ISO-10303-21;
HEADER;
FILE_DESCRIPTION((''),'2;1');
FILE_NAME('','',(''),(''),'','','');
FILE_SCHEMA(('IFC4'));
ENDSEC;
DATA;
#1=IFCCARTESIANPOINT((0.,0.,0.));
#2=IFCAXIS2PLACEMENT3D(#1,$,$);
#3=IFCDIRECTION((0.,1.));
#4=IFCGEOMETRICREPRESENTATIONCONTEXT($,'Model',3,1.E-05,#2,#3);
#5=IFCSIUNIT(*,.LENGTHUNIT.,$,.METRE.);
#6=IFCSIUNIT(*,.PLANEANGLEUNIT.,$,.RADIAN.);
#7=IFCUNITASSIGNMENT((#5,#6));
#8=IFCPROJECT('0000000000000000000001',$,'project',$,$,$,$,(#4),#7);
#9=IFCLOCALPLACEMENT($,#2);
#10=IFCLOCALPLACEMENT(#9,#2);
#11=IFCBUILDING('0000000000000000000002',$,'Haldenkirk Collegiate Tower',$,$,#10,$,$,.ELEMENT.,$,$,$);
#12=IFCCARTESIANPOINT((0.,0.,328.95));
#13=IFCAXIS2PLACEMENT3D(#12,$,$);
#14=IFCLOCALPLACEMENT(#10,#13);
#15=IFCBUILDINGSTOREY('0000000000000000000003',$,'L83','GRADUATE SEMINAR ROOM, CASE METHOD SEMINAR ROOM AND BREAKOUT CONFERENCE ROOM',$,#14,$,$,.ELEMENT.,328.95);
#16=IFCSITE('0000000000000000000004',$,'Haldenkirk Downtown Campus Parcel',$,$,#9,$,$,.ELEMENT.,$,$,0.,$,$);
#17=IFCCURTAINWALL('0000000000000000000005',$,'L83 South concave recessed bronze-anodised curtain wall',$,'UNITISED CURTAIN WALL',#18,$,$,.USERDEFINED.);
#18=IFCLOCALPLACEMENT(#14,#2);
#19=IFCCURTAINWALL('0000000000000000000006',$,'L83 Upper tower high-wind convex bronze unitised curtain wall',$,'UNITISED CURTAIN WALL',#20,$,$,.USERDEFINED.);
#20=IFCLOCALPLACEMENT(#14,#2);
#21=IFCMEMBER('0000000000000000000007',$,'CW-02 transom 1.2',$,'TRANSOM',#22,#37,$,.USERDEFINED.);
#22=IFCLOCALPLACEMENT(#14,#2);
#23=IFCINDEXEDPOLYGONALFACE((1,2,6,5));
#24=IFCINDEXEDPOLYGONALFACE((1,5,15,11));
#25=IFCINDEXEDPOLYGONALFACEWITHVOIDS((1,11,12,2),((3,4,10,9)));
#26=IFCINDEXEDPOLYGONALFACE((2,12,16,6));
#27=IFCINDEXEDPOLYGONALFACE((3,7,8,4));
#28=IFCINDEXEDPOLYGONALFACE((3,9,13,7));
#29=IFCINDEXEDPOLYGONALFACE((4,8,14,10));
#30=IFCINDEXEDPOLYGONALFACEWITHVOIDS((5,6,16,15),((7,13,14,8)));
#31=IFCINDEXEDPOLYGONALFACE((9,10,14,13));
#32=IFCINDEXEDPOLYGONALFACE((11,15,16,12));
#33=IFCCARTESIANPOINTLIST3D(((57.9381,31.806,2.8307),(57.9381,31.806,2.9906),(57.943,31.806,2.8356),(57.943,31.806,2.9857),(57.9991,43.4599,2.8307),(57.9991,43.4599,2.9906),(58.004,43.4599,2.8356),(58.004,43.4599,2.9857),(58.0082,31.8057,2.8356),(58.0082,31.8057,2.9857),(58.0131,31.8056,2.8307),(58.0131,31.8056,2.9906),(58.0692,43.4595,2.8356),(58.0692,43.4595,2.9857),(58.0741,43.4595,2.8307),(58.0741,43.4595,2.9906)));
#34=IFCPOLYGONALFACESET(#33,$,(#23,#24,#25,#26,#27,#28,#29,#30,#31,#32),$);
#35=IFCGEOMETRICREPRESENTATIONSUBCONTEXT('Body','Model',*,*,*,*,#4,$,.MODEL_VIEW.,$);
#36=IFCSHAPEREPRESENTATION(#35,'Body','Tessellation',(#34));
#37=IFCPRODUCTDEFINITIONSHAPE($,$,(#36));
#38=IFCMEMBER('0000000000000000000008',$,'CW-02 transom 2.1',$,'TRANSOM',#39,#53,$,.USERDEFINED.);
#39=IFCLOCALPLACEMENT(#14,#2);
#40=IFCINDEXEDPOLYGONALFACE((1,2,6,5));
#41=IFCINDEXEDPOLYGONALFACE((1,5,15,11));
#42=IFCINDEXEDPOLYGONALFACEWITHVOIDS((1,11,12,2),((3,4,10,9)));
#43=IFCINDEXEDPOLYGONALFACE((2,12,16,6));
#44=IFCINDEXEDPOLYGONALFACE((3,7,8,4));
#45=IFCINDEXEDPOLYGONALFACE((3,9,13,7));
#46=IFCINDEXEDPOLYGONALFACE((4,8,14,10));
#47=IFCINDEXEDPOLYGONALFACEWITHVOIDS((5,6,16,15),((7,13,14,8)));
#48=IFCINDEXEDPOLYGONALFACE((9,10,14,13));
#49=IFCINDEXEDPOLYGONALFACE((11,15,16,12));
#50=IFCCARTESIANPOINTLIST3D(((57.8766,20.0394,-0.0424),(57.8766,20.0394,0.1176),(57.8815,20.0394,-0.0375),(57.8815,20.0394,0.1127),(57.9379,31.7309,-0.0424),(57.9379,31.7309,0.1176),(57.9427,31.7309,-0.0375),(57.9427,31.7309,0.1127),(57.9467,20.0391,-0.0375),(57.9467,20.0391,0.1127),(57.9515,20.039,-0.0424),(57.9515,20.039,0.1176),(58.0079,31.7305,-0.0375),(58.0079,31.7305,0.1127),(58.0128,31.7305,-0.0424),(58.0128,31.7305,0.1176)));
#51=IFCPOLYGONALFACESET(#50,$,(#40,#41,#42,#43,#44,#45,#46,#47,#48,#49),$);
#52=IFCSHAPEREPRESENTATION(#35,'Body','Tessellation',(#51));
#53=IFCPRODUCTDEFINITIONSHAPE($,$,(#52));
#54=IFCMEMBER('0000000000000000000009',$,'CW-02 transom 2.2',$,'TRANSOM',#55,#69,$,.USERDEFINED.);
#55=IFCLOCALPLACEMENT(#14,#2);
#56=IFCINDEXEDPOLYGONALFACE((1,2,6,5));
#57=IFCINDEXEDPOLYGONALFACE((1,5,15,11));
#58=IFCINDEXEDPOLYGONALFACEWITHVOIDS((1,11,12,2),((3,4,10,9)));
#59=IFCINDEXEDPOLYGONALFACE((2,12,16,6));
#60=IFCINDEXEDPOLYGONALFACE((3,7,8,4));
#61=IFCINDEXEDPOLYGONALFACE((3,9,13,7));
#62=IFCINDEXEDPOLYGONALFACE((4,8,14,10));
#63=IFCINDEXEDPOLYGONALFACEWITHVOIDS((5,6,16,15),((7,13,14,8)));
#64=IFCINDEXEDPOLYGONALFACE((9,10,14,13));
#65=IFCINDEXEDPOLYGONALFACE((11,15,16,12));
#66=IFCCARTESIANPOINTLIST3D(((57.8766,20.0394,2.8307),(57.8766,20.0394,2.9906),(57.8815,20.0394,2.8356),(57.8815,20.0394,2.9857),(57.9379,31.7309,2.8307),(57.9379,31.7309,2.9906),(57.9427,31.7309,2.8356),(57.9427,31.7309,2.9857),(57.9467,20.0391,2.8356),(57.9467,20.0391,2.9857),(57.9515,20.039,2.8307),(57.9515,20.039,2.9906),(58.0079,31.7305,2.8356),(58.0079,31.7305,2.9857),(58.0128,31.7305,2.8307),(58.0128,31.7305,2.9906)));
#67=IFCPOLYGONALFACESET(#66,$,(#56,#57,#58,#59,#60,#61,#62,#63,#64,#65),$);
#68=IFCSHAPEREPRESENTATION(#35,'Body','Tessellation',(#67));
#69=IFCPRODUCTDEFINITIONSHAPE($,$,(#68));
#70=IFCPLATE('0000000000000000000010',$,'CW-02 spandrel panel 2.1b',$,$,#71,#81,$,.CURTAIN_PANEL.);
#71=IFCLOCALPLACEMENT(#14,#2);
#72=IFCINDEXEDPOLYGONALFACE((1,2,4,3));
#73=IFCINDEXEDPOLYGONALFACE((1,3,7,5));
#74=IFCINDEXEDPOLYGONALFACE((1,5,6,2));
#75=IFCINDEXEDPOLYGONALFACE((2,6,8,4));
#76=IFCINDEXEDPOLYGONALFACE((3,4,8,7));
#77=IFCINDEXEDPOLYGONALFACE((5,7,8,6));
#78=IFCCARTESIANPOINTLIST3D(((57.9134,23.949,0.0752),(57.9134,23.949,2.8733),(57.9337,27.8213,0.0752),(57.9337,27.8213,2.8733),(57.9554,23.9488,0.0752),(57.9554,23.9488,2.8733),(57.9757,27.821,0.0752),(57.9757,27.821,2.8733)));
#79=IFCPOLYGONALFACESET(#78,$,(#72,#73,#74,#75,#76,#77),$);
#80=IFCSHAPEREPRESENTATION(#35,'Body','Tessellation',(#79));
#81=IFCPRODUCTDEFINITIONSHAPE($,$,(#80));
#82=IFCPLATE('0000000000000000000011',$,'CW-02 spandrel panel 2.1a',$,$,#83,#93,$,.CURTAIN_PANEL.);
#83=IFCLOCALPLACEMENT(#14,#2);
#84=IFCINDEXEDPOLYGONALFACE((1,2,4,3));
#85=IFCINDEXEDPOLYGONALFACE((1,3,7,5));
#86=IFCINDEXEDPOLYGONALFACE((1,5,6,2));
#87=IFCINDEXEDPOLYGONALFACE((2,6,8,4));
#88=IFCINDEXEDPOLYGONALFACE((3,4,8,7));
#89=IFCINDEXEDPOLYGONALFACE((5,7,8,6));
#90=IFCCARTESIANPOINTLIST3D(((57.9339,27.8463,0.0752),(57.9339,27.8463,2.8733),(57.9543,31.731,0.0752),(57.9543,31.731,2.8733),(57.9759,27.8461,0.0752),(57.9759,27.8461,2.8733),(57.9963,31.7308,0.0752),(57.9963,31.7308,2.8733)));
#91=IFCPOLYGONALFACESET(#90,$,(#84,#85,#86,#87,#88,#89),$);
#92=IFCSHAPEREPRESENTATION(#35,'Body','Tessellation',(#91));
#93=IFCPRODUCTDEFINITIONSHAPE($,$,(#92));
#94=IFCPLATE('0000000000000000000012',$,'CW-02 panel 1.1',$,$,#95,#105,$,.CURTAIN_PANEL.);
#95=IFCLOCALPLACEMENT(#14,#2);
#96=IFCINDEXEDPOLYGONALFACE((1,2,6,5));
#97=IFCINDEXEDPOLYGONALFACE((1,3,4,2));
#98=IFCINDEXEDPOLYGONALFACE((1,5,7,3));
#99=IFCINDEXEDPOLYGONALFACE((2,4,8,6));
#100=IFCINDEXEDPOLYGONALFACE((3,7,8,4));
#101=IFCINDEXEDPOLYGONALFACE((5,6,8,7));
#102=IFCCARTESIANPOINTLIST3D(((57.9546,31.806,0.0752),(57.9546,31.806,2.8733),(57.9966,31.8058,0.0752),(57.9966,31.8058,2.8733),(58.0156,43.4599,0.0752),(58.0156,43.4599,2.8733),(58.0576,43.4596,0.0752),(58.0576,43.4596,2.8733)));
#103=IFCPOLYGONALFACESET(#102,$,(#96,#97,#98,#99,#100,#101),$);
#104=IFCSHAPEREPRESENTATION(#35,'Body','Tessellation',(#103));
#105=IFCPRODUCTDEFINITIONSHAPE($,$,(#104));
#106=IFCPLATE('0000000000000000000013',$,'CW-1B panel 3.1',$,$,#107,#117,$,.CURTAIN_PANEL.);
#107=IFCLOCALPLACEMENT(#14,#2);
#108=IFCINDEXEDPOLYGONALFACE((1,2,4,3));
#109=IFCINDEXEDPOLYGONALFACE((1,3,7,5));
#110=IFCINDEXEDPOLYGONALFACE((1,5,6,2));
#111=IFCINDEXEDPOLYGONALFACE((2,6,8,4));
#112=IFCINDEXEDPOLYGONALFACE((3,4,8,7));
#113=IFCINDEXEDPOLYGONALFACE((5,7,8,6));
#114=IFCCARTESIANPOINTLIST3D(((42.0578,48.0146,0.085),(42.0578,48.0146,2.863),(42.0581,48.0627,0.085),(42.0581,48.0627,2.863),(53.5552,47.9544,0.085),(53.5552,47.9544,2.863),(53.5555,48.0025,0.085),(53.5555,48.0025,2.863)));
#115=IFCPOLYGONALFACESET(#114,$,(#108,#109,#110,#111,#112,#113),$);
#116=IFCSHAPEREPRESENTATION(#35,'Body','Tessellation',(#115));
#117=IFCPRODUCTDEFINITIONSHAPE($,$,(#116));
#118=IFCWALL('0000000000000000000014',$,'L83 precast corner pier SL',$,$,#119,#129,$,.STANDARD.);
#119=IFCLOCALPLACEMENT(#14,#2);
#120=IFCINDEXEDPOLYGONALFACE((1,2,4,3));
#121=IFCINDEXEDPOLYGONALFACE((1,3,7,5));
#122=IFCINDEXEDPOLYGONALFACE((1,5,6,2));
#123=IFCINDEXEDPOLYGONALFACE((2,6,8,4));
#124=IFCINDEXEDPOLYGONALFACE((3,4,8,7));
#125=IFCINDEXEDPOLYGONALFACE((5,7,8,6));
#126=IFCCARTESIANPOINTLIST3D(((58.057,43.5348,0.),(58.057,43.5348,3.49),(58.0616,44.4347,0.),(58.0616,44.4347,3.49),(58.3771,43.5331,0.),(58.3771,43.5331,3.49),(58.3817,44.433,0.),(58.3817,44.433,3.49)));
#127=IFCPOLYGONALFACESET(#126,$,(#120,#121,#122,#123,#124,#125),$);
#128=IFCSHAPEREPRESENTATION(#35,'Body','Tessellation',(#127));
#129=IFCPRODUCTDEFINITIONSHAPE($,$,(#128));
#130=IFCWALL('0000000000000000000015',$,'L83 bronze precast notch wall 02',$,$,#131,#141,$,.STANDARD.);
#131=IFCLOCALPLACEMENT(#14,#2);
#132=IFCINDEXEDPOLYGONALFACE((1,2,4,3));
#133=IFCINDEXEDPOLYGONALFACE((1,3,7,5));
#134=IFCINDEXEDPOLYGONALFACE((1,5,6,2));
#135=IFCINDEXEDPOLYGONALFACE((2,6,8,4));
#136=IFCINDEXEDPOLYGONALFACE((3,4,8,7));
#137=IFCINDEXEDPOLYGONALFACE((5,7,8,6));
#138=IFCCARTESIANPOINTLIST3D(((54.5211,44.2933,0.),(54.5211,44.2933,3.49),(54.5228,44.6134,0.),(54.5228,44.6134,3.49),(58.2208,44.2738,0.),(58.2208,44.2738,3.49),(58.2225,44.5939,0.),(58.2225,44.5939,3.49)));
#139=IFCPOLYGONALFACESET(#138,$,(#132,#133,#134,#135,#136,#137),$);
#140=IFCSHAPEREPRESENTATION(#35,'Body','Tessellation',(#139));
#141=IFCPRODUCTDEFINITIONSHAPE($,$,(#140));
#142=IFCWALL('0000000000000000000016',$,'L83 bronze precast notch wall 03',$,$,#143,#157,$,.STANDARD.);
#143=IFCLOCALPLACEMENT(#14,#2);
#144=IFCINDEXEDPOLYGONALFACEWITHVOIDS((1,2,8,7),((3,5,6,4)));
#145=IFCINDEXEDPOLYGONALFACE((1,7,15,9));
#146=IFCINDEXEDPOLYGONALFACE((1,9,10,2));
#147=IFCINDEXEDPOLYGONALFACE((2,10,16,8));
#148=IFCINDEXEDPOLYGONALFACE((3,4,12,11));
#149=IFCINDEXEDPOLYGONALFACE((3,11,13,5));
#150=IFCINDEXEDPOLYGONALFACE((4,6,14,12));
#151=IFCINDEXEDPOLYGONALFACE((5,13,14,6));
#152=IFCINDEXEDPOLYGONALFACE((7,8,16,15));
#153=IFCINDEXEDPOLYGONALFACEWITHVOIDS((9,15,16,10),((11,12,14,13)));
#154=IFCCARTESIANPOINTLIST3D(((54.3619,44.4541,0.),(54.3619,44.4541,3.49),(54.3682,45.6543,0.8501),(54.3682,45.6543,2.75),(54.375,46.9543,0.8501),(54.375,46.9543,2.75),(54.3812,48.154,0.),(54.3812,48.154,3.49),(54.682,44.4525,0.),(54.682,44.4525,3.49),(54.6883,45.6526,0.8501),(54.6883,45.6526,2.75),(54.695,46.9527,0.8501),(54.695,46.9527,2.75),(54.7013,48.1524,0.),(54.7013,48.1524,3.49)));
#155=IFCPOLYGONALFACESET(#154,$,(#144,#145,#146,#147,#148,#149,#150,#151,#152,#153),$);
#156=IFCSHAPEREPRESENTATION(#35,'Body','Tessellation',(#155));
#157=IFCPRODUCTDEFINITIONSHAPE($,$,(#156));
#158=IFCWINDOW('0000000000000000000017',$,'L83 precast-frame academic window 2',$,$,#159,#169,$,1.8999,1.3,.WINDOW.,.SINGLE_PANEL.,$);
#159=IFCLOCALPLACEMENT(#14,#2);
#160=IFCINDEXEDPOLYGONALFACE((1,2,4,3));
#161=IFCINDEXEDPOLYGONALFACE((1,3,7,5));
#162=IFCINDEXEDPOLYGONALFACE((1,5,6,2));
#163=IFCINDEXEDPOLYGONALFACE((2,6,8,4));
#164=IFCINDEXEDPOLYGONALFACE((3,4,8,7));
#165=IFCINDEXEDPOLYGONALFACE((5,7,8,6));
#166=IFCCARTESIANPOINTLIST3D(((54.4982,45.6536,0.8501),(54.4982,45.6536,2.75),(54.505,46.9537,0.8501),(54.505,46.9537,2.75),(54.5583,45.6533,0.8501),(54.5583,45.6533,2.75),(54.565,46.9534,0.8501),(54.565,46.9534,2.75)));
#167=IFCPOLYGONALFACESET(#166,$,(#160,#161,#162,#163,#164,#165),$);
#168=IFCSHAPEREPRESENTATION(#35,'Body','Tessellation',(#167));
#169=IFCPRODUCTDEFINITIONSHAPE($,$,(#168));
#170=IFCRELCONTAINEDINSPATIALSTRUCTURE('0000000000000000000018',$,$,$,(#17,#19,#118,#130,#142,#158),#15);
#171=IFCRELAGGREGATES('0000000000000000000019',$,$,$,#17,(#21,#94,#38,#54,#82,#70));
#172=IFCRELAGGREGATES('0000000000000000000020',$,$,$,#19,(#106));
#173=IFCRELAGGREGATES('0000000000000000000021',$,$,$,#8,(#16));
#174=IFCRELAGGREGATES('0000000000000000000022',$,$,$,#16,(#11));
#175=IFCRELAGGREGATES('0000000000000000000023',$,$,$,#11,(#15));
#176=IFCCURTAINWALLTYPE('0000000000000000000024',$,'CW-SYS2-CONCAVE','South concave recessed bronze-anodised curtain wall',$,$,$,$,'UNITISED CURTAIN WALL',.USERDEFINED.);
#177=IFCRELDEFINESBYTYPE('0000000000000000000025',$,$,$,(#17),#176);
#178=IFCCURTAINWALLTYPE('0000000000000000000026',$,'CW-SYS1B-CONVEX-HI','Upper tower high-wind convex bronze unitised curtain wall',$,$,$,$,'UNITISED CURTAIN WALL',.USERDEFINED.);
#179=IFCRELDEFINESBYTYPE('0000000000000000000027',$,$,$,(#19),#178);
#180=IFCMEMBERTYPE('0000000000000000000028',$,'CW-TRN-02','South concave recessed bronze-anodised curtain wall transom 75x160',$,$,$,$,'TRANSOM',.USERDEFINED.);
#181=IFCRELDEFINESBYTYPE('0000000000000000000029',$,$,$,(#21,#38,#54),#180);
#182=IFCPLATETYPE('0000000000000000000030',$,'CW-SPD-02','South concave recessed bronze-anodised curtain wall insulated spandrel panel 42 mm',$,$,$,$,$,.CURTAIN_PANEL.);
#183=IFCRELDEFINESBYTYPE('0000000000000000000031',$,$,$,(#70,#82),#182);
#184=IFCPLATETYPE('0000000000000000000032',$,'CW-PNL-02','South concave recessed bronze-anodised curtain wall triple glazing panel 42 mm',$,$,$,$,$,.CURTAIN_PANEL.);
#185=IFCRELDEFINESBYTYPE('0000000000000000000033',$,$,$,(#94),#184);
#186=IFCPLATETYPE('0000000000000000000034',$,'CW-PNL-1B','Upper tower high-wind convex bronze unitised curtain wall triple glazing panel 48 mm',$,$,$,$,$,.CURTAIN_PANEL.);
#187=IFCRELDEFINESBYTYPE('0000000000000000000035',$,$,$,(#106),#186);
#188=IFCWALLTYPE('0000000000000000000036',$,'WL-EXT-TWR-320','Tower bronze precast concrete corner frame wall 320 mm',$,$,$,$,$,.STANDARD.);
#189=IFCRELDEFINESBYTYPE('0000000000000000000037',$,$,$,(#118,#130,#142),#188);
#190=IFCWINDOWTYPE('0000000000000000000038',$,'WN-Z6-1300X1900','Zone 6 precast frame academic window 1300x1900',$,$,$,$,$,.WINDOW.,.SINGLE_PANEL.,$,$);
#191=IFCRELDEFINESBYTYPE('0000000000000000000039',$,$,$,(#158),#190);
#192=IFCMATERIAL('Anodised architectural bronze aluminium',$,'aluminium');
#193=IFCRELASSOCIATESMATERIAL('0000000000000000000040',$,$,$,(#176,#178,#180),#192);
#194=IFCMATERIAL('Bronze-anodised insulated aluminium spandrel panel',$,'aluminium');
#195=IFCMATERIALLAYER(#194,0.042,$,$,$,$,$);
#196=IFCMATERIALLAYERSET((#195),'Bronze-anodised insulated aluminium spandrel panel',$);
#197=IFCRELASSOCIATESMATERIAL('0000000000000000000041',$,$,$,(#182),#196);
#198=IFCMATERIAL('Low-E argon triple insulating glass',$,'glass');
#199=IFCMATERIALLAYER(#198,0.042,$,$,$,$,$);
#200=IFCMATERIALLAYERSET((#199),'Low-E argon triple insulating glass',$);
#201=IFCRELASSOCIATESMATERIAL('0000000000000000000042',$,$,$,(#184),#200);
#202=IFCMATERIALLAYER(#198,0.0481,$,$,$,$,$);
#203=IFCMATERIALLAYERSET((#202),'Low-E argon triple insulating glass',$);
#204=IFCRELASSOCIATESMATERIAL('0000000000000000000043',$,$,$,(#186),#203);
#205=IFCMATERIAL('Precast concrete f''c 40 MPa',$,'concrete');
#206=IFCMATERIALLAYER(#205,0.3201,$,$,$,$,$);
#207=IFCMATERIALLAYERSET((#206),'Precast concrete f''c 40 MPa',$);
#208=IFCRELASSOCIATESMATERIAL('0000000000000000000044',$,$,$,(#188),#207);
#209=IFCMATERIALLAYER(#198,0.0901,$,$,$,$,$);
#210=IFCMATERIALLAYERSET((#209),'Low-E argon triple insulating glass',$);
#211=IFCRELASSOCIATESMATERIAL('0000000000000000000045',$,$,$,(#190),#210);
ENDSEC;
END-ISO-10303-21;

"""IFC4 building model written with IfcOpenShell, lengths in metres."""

from ifc_helpers import new_model, si_unit, direction, frame, frame_2d, origin, origin_2d, place, context, subcontext, project, spatial, rectangle, hollow_rectangle, extrude, source, transform, mapped, material, layer, layer_set, material_profile, profile_set, type_object, element, fill, aggregate, save


model = new_model("IFC4")

# Units and contexts
model_context = context("Model", 3, precision=1e-05, world=origin(), true_north=direction((0.0, 1.0)))
body_context = subcontext(model_context, "Body", "Model", "MODEL_VIEW")
ifc_project = project(units=[si_unit("LENGTHUNIT", "METRE"), si_unit("PLANEANGLEUNIT", "RADIAN")], contexts=[model_context])

# Site, building, storey
site_placement = place(None, origin())
site = spatial("IfcSite", under=ifc_project, at=site_placement, Name="Haldenkirk Downtown Campus Parcel", CompositionType="ELEMENT", RefElevation=0.0)
building_placement = place(site_placement, origin())
building = spatial("IfcBuilding", under=site, at=building_placement, Name="Haldenkirk Collegiate Tower", CompositionType="ELEMENT")
storey_placement = place(building_placement, frame((0.0, 0.0, 328.95)))
storey = spatial("IfcBuildingStorey", under=building, at=storey_placement, Name="L83", Description="GRADUATE SEMINAR ROOM, CASE METHOD SEMINAR ROOM AND BREAKOUT CONFERENCE ROOM", CompositionType="ELEMENT", Elevation=328.95)

# Curtain wall
ifc_material_1 = material(Name="Anodised architectural bronze aluminium", Category="aluminium")
curtain_wall_type_1 = type_object("IfcCurtainWallType", Name="CW-SYS2-CONCAVE", Description="South concave recessed bronze-anodised curtain wall", ElementType="UNITISED CURTAIN WALL", PredefinedType="USERDEFINED", material=ifc_material_1)
curtain_wall_1_placement = place(storey_placement, origin())
curtain_wall_1 = element("IfcCurtainWall", 1, at=curtain_wall_1_placement, inside=storey, type_object=curtain_wall_type_1, Name="L83 South concave recessed bronze-anodised curtain wall", ObjectType="UNITISED CURTAIN WALL", PredefinedType="USERDEFINED")

# Curtain wall
curtain_wall_type_2 = type_object("IfcCurtainWallType", Name="CW-SYS1B-CONVEX-HI", Description="Upper tower high-wind convex bronze unitised curtain wall", ElementType="UNITISED CURTAIN WALL", PredefinedType="USERDEFINED", material=ifc_material_1)
curtain_wall_2_placement = place(storey_placement, origin())
curtain_wall_2 = element("IfcCurtainWall", 2, at=curtain_wall_2_placement, inside=storey, type_object=curtain_wall_type_2, Name="L83 Upper tower high-wind convex bronze unitised curtain wall", ObjectType="UNITISED CURTAIN WALL", PredefinedType="USERDEFINED")

# Members
ifc_material_profile_1 = material_profile(ifc_material_1, hollow_rectangle(XDim=0.075, YDim=0.1599, WallThickness=0.0049, at=origin_2d()), Name="CW-TRN-02")
ifc_profile_set_1 = profile_set([ifc_material_profile_1], Name="Anodised architectural bronze aluminium")
member_type_1 = type_object("IfcMemberType", Name="CW-TRN-02", Description="South concave recessed bronze-anodised curtain wall transom 75x160", ElementType="TRANSOM", PredefinedType="USERDEFINED", material=ifc_profile_set_1)
member_1_placement = place(storey_placement, frame((58.0366, 43.4597, 2.9106), z_axis=(-0.005237, -0.999986, 0.0), x_axis=(0.999986, -0.005237, 0.0)))
member_1 = element("IfcMember", 3, at=member_1_placement, type_object=member_type_1, Name="CW-02 transom 1.2", ObjectType="TRANSOM", PredefinedType="USERDEFINED", context=body_context, shape_type="SweptSolid", body=[
    extrude(hollow_rectangle(XDim=0.075, YDim=0.1599, WallThickness=0.0049, at=origin_2d()), origin(), (0.0, 0.0, 1.0), 11.6541),
])
member_2_placement = place(storey_placement, frame((57.9753, 31.7307, 0.0376), z_axis=(-0.005241, -0.999986, 0.0), x_axis=(0.999986, -0.005241, 0.0)))
member_2 = element("IfcMember", 4, at=member_2_placement, type_object=member_type_1, Name="CW-02 transom 2.1", ObjectType="TRANSOM", PredefinedType="USERDEFINED", context=body_context, shape_type="SweptSolid", body=[
    extrude(hollow_rectangle(XDim=0.075, YDim=0.1599, WallThickness=0.0049, at=origin_2d()), origin(), (0.0, 0.0, 1.0), 11.6917),
])
member_3_placement = place(storey_placement, frame((57.9753, 31.7307, 2.9106), z_axis=(-0.005241, -0.999986, 0.0), x_axis=(0.999986, -0.005241, 0.0)))
member_3 = element("IfcMember", 5, at=member_3_placement, type_object=member_type_1, Name="CW-02 transom 2.2", ObjectType="TRANSOM", PredefinedType="USERDEFINED", context=body_context, shape_type="SweptSolid", body=[
    extrude(hollow_rectangle(XDim=0.075, YDim=0.1599, WallThickness=0.0049, at=origin_2d()), origin(), (0.0, 0.0, 1.0), 11.6917),
])

# Plates
ifc_material_2 = material(Name="Bronze-anodised insulated aluminium spandrel panel", Category="aluminium")
ifc_layer_1 = layer(ifc_material_2, 0.042)
ifc_layer_set_1 = layer_set([ifc_layer_1], Name="Bronze-anodised insulated aluminium spandrel panel")
plate_type_1 = type_object("IfcPlateType", Name="CW-SPD-02", Description="South concave recessed bronze-anodised curtain wall insulated spandrel panel 42 mm", PredefinedType="CURTAIN_PANEL", material=ifc_layer_set_1)
shared_shape_1 = source(origin(), body_context, "Body", "SweptSolid", [
    extrude(rectangle(XDim=3.8723, YDim=0.042, at=origin_2d()), origin(), (0.0, 0.0, 1.0), 2.7981),
])
plate_1_placement = place(storey_placement, frame((57.9446, 25.885, 0.0752), z_axis=(0.0, 0.0, 1.0), x_axis=(-0.005235, -0.999986, 0.0)))
plate_1 = element("IfcPlate", 6, at=plate_1_placement, type_object=plate_type_1, Name="CW-02 spandrel panel 2.1b", PredefinedType="CURTAIN_PANEL", context=body_context, shape_type="MappedRepresentation", body=[
    mapped(shared_shape_1, transform((0.0, 0.0, 0.0), x_axis=(1.0, 0.0, 0.0), y_axis=(0.0, 1.0, 0.0), z_axis=(0.0, 0.0, 1.0), scale=1.0)),
])
shared_shape_2 = source(origin(), body_context, "Body", "SweptSolid", [
    extrude(rectangle(XDim=3.8848, YDim=0.042, at=origin_2d()), origin(), (0.0, 0.0, 1.0), 2.7981),
])
plate_2_placement = place(storey_placement, frame((57.9651, 29.7886, 0.0752), z_axis=(0.0, 0.0, 1.0), x_axis=(-0.005235, -0.999986, 0.0)))
plate_2 = element("IfcPlate", 7, at=plate_2_placement, type_object=plate_type_1, Name="CW-02 spandrel panel 2.1a", PredefinedType="CURTAIN_PANEL", context=body_context, shape_type="MappedRepresentation", body=[
    mapped(shared_shape_2, transform((0.0, 0.0, 0.0), x_axis=(1.0, 0.0, 0.0), y_axis=(0.0, 1.0, 0.0), z_axis=(0.0, 0.0, 1.0), scale=1.0)),
])
ifc_material_3 = material(Name="Low-E argon triple insulating glass", Category="glass")
ifc_layer_2 = layer(ifc_material_3, 0.042)
ifc_layer_set_2 = layer_set([ifc_layer_2], Name="Low-E argon triple insulating glass")
plate_type_2 = type_object("IfcPlateType", Name="CW-PNL-02", Description="South concave recessed bronze-anodised curtain wall triple glazing panel 42 mm", PredefinedType="CURTAIN_PANEL", material=ifc_layer_set_2)
shared_shape_3 = source(origin(), body_context, "Body", "SweptSolid", [
    extrude(rectangle(XDim=11.6541, YDim=0.042, at=origin_2d()), origin(), (0.0, 0.0, 1.0), 2.7981),
])
plate_3_placement = place(storey_placement, frame((58.0061, 37.6328, 0.0752), z_axis=(0.0, 0.0, 1.0), x_axis=(-0.005235, -0.999986, 0.0)))
plate_3 = element("IfcPlate", 8, at=plate_3_placement, type_object=plate_type_2, Name="CW-02 panel 1.1", PredefinedType="CURTAIN_PANEL", context=body_context, shape_type="MappedRepresentation", body=[
    mapped(shared_shape_3, transform((0.0, 0.0, 0.0), x_axis=(1.0, 0.0, 0.0), y_axis=(0.0, 1.0, 0.0), z_axis=(0.0, 0.0, 1.0), scale=1.0)),
])
aggregate(curtain_wall_1, [member_1, plate_3, member_2, member_3, plate_2, plate_1])
ifc_layer_3 = layer(ifc_material_3, 0.0481)
ifc_layer_set_3 = layer_set([ifc_layer_3], Name="Low-E argon triple insulating glass")
plate_type_3 = type_object("IfcPlateType", Name="CW-PNL-1B", Description="Upper tower high-wind convex bronze unitised curtain wall triple glazing panel 48 mm", PredefinedType="CURTAIN_PANEL", material=ifc_layer_set_3)
shared_shape_4 = source(origin(), body_context, "Body", "SweptSolid", [
    extrude(rectangle(XDim=11.4976, YDim=0.0481, at=origin_2d()), origin(), (0.0, 0.0, 1.0), 2.7781),
])
plate_4_placement = place(storey_placement, frame((47.8066, 48.0085, 0.085), z_axis=(0.0, 0.0, 1.0), x_axis=(0.999986, -0.005239, 0.0)))
plate_4 = element("IfcPlate", 9, at=plate_4_placement, type_object=plate_type_3, Name="CW-1B panel 3.1", PredefinedType="CURTAIN_PANEL", context=body_context, shape_type="MappedRepresentation", body=[
    mapped(shared_shape_4, transform((0.0, 0.0, 0.0), x_axis=(1.0, 0.0, 0.0), y_axis=(0.0, 1.0, 0.0), z_axis=(0.0, 0.0, 1.0), scale=1.0)),
])
aggregate(curtain_wall_2, [plate_4])

# Walls
ifc_material_4 = material(Name="Precast concrete f'c 40 MPa", Category="concrete")
ifc_layer_4 = layer(ifc_material_4, 0.3201)
ifc_layer_set_4 = layer_set([ifc_layer_4], Name="Precast concrete f'c 40 MPa")
wall_type_1 = type_object("IfcWallType", Name="WL-EXT-TWR-320", Description="Tower bronze precast concrete corner frame wall 320 mm", PredefinedType="STANDARD", material=ifc_layer_set_4)
wall_1_placement = place(storey_placement, frame((58.2217, 44.4338, 0.0), z_axis=(0.0, 0.0, 1.0), x_axis=(-0.005155, -0.999987, 0.0)))
element("IfcWall", 10, at=wall_1_placement, inside=storey, type_object=wall_type_1, Name="L83 precast corner pier SL", PredefinedType="STANDARD", context=body_context, shape_type="SweptSolid", body=[
    extrude(rectangle(XDim=0.8999, YDim=0.3201, at=frame_2d((0.45, 0.0))), origin(), (0.0, 0.0, 1.0), 3.49),
])
wall_2_placement = place(storey_placement, frame((54.522, 44.4534, 0.0), z_axis=(0.0, 0.0, 1.0), x_axis=(0.999986, -0.005279, 0.0)))
element("IfcWall", 11, at=wall_2_placement, inside=storey, type_object=wall_type_1, Name="L83 bronze precast notch wall 02", PredefinedType="STANDARD", context=body_context, shape_type="SweptSolid", body=[
    extrude(rectangle(XDim=3.6997, YDim=0.3201, at=frame_2d((1.8499, 0.0))), origin(), (0.0, 0.0, 1.0), 3.49),
])

# Wall, opening, window
wall_3_placement = place(storey_placement, frame((54.5413, 48.1533, 0.0), z_axis=(0.0, 0.0, 1.0), x_axis=(-0.005213, -0.999986, 0.0)))
wall_3 = element("IfcWall", 12, at=wall_3_placement, inside=storey, type_object=wall_type_1, Name="L83 bronze precast notch wall 03", PredefinedType="STANDARD", context=body_context, shape_type="SweptSolid", body=[
    extrude(rectangle(XDim=3.7, YDim=0.3201, at=frame_2d((1.8501, 0.0))), origin(), (0.0, 0.0, 1.0), 3.49),
])
opening_1_placement = place(wall_3_placement, frame((1.2, 0.0, 0.8501)))
opening_1 = element("IfcOpeningElement", 13, at=opening_1_placement, cuts=wall_3, PredefinedType="OPENING", context=body_context, shape_type="SweptSolid", body=[
    extrude(rectangle(XDim=1.3, YDim=1.8999, at=frame_2d((0.6499, 0.95))), frame((0.0, 0.1699, 0.0), z_axis=(0.0, -1.0, 0.0), x_axis=(1.0, 0.0, 0.0)), (0.0, 0.0, 1.0), 0.3401),
])
ifc_layer_5 = layer(ifc_material_3, 0.0901)
ifc_layer_set_5 = layer_set([ifc_layer_5], Name="Low-E argon triple insulating glass")
window_type = type_object("IfcWindowType", Name="WN-Z6-1300X1900", Description="Zone 6 precast frame academic window 1300x1900", PartitioningType="SINGLE_PANEL", PredefinedType="WINDOW", material=ifc_layer_set_5)
window_placement = place(opening_1_placement, origin())
window = element("IfcWindow", 14, at=window_placement, inside=storey, type_object=window_type, Name="L83 precast-frame academic window 2", OverallHeight=1.8999, OverallWidth=1.3, PartitioningType="SINGLE_PANEL", PredefinedType="WINDOW", context=body_context, shape_type="SweptSolid", body=[
    extrude(rectangle(XDim=1.3, YDim=1.8999, at=frame_2d((0.6499, 0.95))), frame((0.0, 0.03, 0.0), z_axis=(0.0, -1.0, 0.0), x_axis=(1.0, 0.0, 0.0)), (0.0, 0.0, 1.0), 0.0601),
])
fill(opening_1, window)

save(model, "model.ifc")
